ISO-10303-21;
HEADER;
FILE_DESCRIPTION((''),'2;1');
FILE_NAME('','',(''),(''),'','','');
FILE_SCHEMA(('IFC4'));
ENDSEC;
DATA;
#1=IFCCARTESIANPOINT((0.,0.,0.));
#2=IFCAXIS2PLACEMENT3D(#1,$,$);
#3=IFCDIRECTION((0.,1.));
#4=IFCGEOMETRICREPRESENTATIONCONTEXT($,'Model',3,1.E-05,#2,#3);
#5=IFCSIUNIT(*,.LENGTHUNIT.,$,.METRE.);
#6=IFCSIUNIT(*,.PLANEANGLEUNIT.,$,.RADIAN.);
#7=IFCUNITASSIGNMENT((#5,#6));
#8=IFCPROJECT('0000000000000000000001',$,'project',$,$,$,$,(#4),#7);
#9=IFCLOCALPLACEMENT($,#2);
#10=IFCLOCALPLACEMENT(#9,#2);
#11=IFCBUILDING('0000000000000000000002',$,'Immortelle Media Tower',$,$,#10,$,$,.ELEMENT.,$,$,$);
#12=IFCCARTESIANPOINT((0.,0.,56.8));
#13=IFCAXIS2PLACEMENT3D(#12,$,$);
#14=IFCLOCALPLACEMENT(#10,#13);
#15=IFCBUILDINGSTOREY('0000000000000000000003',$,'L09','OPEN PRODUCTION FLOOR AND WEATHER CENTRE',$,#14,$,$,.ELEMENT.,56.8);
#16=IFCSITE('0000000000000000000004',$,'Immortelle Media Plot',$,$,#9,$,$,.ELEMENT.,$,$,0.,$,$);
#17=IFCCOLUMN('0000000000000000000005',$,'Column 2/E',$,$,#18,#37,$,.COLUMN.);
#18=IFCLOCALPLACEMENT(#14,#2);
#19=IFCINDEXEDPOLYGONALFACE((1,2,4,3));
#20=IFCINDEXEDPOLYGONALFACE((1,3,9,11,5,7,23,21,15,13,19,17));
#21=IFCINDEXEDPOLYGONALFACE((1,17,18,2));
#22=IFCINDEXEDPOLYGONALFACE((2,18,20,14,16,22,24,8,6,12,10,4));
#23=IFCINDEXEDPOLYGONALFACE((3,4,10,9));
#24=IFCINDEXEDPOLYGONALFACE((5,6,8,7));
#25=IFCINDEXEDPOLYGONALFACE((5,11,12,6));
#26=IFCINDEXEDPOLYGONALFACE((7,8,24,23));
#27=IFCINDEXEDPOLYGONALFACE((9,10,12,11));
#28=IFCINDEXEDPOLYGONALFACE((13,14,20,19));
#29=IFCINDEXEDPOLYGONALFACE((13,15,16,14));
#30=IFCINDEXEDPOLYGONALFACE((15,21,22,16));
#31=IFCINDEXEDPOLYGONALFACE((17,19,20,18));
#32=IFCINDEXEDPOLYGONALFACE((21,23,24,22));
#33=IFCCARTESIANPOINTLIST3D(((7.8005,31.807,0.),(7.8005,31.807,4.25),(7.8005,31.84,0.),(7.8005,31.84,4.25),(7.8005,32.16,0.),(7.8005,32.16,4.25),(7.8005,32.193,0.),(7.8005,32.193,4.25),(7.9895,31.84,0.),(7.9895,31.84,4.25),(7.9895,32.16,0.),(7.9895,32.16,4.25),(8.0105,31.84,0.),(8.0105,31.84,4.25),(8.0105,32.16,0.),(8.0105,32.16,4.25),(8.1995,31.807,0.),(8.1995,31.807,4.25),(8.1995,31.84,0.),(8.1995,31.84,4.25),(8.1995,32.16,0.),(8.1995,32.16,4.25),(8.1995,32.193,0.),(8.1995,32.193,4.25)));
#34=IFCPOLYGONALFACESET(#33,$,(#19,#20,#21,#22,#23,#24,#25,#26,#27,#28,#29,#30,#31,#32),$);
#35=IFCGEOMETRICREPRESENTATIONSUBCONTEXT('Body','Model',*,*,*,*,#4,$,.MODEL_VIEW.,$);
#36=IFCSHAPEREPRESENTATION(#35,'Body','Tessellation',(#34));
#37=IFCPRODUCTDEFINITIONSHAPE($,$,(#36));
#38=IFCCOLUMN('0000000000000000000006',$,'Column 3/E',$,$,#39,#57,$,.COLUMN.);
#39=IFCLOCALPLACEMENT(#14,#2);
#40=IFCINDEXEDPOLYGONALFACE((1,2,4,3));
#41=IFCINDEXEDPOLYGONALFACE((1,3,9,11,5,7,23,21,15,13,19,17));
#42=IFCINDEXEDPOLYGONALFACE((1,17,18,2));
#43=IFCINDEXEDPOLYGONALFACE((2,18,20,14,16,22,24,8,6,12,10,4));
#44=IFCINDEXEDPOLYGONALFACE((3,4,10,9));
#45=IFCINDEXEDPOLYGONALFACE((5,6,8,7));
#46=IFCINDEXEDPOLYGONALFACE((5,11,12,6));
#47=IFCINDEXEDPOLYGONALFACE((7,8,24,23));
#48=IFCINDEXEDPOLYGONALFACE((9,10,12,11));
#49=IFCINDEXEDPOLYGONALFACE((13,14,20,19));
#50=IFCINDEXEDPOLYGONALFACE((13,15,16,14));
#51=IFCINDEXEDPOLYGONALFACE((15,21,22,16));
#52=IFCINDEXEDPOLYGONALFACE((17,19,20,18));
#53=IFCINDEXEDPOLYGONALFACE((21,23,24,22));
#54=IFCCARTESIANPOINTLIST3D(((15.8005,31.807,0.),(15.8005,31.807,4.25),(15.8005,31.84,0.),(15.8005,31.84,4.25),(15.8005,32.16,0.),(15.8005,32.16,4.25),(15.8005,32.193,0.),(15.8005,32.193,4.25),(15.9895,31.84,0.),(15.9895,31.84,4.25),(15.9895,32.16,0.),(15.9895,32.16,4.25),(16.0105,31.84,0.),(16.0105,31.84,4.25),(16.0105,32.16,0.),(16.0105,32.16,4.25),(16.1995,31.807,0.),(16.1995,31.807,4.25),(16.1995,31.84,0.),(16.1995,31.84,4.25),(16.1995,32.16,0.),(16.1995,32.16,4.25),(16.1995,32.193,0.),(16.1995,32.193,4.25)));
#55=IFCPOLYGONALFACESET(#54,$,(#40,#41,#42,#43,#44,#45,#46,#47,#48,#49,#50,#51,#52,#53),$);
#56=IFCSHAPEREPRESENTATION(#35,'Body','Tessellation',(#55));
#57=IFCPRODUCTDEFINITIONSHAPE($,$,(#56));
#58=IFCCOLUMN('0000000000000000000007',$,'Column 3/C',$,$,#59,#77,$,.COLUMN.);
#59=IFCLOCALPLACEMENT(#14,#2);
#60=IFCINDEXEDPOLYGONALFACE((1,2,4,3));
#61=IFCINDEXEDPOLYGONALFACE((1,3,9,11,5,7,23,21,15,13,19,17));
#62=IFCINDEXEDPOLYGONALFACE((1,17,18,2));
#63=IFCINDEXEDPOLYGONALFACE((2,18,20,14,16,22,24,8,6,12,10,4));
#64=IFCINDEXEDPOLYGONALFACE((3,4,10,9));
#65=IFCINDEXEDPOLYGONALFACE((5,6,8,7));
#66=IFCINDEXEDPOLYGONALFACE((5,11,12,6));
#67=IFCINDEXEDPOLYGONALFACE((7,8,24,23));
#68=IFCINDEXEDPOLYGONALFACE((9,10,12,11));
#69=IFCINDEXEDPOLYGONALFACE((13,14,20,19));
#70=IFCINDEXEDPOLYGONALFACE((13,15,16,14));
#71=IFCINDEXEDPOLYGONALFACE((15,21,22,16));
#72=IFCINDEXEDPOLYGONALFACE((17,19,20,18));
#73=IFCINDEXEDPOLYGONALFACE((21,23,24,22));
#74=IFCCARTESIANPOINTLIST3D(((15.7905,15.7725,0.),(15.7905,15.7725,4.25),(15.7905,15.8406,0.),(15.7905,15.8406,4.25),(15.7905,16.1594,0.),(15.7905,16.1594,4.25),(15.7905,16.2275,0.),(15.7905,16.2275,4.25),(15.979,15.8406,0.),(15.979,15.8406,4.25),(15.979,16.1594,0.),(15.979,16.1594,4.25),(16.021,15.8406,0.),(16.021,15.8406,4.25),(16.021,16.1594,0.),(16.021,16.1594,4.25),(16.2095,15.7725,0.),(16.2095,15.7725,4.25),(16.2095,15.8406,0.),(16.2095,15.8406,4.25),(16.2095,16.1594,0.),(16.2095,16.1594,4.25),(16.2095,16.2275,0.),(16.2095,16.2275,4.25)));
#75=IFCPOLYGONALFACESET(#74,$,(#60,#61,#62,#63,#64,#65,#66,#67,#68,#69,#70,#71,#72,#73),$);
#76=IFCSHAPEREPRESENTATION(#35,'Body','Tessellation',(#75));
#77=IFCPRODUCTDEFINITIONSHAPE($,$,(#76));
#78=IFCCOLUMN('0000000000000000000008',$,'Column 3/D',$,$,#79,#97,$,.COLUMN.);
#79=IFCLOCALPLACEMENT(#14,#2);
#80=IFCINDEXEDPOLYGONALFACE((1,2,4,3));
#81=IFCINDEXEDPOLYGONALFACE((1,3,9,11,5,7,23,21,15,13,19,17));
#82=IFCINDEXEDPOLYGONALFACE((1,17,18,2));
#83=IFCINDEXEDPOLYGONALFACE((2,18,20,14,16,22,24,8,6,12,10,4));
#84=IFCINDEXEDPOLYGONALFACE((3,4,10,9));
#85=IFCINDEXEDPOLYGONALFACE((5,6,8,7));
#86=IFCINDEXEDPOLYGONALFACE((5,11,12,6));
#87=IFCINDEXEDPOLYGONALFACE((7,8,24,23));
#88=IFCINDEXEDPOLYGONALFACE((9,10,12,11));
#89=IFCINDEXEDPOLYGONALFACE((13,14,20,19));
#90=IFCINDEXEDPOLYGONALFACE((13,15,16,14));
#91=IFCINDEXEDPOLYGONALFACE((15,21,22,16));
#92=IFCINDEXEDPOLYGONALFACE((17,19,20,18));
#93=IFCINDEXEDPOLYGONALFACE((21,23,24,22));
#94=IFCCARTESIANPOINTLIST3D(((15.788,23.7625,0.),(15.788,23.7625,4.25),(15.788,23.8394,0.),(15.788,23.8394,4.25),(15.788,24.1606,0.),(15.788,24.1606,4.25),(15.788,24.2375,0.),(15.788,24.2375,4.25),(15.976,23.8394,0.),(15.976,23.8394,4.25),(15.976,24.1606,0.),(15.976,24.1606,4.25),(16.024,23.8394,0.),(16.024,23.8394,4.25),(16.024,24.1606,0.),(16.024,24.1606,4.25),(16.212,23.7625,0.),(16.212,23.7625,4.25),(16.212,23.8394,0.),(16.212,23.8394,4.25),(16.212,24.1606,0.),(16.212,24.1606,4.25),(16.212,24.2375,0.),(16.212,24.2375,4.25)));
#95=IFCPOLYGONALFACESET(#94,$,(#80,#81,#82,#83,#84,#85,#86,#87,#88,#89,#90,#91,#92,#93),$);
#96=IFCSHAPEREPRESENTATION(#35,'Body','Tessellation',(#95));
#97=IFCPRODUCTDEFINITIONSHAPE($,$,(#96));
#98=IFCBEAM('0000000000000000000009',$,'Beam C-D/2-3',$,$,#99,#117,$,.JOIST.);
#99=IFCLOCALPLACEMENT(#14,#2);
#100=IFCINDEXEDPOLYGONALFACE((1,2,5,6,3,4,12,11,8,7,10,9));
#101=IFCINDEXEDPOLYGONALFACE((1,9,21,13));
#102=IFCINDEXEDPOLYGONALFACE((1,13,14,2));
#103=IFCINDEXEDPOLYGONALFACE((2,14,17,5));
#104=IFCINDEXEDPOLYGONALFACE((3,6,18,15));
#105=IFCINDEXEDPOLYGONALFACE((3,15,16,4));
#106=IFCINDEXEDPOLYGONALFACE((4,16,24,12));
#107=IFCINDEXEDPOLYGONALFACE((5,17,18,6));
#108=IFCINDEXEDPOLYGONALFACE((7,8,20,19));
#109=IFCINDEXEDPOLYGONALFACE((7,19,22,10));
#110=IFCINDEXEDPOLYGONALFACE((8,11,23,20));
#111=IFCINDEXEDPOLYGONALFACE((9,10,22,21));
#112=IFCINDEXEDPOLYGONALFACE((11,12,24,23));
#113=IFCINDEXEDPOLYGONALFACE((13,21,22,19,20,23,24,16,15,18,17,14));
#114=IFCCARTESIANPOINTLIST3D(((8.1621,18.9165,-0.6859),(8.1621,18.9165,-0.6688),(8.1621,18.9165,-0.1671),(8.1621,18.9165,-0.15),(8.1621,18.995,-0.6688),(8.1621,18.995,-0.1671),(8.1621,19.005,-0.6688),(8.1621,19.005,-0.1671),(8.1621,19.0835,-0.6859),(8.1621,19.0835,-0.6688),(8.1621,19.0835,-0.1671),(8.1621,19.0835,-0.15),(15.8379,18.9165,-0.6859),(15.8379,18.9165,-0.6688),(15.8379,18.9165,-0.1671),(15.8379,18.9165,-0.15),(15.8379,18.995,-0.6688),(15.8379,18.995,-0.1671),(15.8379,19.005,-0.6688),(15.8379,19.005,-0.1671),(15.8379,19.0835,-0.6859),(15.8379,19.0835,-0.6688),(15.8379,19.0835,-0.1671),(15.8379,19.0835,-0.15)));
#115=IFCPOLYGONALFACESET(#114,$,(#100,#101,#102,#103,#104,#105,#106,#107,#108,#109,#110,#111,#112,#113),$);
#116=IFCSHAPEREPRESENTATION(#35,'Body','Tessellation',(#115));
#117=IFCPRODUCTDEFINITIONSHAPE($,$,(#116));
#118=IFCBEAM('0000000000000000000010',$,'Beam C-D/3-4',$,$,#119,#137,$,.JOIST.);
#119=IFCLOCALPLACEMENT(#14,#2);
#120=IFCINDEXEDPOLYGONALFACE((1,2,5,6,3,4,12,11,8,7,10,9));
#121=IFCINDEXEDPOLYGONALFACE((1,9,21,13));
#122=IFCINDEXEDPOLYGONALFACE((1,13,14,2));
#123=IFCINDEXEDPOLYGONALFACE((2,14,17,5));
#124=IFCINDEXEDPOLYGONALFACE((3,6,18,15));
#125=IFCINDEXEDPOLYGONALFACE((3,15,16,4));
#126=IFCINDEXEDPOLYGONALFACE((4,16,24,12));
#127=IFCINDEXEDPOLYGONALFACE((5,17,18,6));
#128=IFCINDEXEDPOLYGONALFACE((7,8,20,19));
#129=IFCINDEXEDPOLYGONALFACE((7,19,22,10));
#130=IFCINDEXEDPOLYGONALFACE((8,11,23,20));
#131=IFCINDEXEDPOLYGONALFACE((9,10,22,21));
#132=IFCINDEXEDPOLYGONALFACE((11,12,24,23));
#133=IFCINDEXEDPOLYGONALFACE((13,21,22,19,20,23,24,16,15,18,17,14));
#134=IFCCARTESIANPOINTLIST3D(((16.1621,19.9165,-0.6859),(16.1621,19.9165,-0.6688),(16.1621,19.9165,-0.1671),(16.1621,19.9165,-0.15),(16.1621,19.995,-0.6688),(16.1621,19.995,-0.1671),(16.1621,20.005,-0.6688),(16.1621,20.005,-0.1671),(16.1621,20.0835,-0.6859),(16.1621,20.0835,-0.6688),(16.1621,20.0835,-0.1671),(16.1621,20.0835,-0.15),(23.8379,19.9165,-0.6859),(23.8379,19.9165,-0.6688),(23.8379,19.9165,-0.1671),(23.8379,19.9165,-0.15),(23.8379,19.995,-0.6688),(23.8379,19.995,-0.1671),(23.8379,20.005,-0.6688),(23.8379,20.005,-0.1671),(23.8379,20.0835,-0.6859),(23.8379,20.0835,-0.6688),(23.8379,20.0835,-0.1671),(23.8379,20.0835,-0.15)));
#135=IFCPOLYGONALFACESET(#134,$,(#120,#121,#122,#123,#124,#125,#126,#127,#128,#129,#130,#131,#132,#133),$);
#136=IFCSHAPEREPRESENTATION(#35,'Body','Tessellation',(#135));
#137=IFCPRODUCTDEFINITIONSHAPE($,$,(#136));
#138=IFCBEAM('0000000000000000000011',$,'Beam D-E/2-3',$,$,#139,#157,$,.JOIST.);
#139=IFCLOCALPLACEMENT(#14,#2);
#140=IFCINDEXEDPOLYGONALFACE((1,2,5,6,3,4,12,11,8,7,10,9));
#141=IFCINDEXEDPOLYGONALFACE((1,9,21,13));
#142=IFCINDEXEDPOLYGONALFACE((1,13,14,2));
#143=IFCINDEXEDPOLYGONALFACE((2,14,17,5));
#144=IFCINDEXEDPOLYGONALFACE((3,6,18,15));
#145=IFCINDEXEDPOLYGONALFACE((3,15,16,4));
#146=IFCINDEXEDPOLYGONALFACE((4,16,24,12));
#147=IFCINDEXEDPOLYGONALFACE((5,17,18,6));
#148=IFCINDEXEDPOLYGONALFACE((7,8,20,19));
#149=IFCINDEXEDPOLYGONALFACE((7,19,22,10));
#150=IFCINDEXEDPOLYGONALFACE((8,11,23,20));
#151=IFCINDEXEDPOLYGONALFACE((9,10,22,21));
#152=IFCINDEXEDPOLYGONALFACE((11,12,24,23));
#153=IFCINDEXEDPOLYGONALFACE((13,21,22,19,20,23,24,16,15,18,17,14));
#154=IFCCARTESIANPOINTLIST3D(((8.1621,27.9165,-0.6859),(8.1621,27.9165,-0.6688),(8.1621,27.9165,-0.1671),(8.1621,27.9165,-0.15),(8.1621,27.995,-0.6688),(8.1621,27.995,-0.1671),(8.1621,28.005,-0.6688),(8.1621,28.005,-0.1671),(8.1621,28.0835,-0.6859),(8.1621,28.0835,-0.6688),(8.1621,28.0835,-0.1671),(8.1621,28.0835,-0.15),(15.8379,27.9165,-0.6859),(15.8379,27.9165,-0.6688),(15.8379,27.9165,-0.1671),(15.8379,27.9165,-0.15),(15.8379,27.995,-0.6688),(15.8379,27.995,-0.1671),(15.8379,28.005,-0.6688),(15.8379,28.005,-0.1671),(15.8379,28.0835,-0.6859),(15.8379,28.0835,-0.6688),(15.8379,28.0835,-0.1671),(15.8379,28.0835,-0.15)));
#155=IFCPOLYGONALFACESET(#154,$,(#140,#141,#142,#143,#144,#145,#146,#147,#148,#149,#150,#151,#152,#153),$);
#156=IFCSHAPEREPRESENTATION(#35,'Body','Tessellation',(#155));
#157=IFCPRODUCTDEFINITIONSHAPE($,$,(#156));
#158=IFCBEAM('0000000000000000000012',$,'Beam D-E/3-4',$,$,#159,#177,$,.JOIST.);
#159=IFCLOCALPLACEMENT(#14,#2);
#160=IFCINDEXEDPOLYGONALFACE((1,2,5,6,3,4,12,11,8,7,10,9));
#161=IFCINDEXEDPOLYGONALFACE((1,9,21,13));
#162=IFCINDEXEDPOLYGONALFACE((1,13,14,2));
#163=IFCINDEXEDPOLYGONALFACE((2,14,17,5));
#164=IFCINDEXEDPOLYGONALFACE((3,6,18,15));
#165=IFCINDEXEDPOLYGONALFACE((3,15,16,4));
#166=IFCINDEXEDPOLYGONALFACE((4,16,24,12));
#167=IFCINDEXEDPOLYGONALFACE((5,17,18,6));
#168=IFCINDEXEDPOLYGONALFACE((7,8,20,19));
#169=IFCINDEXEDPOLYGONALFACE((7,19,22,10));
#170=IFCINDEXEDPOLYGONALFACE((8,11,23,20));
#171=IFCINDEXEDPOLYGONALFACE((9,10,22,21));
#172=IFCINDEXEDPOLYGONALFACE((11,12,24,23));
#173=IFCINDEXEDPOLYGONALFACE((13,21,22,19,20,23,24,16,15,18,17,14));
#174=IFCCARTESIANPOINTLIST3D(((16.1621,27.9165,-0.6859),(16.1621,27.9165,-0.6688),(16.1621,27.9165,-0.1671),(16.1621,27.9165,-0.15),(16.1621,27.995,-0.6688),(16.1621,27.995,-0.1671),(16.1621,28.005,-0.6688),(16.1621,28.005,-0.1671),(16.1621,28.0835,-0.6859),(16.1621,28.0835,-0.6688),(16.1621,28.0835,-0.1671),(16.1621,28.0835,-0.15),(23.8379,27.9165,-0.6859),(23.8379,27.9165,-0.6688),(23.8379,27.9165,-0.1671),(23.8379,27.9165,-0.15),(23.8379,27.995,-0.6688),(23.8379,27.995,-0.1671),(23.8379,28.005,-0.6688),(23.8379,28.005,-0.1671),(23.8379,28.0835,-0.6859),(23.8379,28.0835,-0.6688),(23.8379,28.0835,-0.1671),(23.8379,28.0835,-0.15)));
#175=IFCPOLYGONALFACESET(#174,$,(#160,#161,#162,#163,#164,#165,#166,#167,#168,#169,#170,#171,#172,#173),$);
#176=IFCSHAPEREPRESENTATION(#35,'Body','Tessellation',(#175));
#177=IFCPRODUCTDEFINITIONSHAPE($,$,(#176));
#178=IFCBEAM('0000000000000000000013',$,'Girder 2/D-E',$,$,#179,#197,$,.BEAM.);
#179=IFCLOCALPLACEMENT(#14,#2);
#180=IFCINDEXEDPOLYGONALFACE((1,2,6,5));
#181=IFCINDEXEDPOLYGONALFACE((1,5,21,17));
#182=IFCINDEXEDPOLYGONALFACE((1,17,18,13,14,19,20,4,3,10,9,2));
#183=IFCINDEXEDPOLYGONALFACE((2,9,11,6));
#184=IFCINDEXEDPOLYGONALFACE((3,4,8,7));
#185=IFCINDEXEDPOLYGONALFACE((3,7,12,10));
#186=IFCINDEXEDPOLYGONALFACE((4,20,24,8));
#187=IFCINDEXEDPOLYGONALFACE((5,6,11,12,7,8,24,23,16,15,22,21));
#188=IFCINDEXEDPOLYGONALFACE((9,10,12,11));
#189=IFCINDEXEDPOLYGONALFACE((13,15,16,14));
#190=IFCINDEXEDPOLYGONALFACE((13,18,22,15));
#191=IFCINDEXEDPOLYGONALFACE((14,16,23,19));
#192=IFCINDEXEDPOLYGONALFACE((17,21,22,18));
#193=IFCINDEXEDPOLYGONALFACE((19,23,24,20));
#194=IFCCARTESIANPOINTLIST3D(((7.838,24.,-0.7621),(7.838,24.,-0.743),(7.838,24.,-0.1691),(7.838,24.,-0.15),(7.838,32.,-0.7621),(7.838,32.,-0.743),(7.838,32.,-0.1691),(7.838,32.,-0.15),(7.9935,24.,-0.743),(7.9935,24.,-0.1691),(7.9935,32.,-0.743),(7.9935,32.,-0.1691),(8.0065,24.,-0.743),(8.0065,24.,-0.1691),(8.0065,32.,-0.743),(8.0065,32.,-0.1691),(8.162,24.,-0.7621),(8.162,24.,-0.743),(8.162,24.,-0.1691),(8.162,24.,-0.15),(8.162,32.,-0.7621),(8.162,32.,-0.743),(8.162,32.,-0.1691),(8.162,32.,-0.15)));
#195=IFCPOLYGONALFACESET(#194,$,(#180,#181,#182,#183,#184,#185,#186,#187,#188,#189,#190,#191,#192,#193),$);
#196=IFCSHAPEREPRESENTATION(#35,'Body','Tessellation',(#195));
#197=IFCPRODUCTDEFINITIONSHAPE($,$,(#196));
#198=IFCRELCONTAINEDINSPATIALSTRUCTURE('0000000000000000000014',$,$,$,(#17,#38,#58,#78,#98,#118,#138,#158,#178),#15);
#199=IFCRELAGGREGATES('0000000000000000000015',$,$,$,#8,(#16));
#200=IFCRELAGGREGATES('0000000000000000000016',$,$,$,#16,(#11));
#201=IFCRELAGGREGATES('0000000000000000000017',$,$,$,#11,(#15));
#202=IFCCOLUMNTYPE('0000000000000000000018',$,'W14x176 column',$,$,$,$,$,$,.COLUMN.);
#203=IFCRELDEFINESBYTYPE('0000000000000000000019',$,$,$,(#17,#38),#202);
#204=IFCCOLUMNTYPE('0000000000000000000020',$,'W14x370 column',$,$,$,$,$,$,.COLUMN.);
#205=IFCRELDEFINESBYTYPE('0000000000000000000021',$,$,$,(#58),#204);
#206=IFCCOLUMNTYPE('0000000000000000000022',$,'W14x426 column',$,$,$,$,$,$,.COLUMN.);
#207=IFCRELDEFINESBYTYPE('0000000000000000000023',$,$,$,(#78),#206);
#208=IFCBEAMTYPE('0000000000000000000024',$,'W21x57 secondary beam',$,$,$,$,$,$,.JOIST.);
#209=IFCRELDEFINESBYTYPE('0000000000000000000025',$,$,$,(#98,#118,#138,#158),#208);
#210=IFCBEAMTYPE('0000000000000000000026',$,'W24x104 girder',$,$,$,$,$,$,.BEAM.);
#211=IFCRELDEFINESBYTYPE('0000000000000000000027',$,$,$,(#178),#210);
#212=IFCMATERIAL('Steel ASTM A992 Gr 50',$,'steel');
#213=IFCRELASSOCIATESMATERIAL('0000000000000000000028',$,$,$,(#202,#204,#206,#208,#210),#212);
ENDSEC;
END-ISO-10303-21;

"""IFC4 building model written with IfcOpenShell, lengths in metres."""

from ifc_helpers import new_model, si_unit, direction, frame, origin, origin_2d, place, context, subcontext, project, spatial, i_section, extrude, material, material_profile, profile_set, type_object, element, save


model = new_model("IFC4")

# Units and contexts
model_context = context("Model", 3, precision=1e-05, world=origin(), true_north=direction((0.0, 1.0)))
body_context = subcontext(model_context, "Body", "Model", "MODEL_VIEW")
ifc_project = project(units=[si_unit("LENGTHUNIT", "METRE"), si_unit("PLANEANGLEUNIT", "RADIAN")], contexts=[model_context])

# Site, building, storey
site_placement = place(None, origin())
site = spatial("IfcSite", under=ifc_project, at=site_placement, Name="Immortelle Media Plot", CompositionType="ELEMENT", RefElevation=0.0)
building_placement = place(site_placement, origin())
building = spatial("IfcBuilding", under=site, at=building_placement, Name="Immortelle Media Tower", CompositionType="ELEMENT")
storey_placement = place(building_placement, frame((0.0, 0.0, 56.8)))
storey = spatial("IfcBuildingStorey", under=building, at=storey_placement, Name="L09", Description="OPEN PRODUCTION FLOOR AND WEATHER CENTRE", CompositionType="ELEMENT", Elevation=56.8)

# Columns
ifc_material_1 = material(Name="Steel ASTM A992 Gr 50", Category="steel")
ifc_material_profile_1 = material_profile(ifc_material_1, i_section(OverallWidth=0.3989, OverallDepth=0.386, WebThickness=0.021, FlangeThickness=0.033, at=origin_2d()), Name="W14x176")
ifc_profile_set_1 = profile_set([ifc_material_profile_1], Name="Steel ASTM A992 Gr 50")
column_type_1 = type_object("IfcColumnType", Name="W14x176 column", PredefinedType="COLUMN", material=ifc_profile_set_1)
for number, where, z_axis, x_axis, name in (
    (1, (8.0, 32.0, 0.0), (0.0, 0.0, 1.0), (1.0, 0.0, 0.0), "Column 2/E"),
    (2, (16.0, 32.0, 0.0), (0.0, 0.0, 1.0), (1.0, 0.0, 0.0), "Column 3/E"),
):
    element("IfcColumn", number, at=place(storey_placement, frame(where, z_axis=z_axis, x_axis=x_axis)), inside=storey, type_object=column_type_1, Name=name, PredefinedType="COLUMN", context=body_context, shape_type="SweptSolid", body=[
        extrude(i_section(OverallWidth=0.3989, OverallDepth=0.386, WebThickness=0.021, FlangeThickness=0.033, at=origin_2d()), origin(), (0.0, 0.0, 1.0), 4.25),
    ])
ifc_material_profile_2 = material_profile(ifc_material_1, i_section(OverallWidth=0.4189, OverallDepth=0.4551, WebThickness=0.042, FlangeThickness=0.0681, at=origin_2d()), Name="W14x370")
ifc_profile_set_2 = profile_set([ifc_material_profile_2], Name="Steel ASTM A992 Gr 50")
column_type_2 = type_object("IfcColumnType", Name="W14x370 column", PredefinedType="COLUMN", material=ifc_profile_set_2)
column_1_placement = place(storey_placement, frame((16.0, 16.0, 0.0), z_axis=(0.0, 0.0, 1.0), x_axis=(1.0, 0.0, 0.0)))
element("IfcColumn", 3, at=column_1_placement, inside=storey, type_object=column_type_2, Name="Column 3/C", PredefinedType="COLUMN", context=body_context, shape_type="SweptSolid", body=[
    extrude(i_section(OverallWidth=0.4189, OverallDepth=0.4551, WebThickness=0.042, FlangeThickness=0.0681, at=origin_2d()), origin(), (0.0, 0.0, 1.0), 4.25),
])
ifc_material_profile_3 = material_profile(ifc_material_1, i_section(OverallWidth=0.4241, OverallDepth=0.4751, WebThickness=0.0481, FlangeThickness=0.0769, at=origin_2d()), Name="W14x426")
ifc_profile_set_3 = profile_set([ifc_material_profile_3], Name="Steel ASTM A992 Gr 50")
column_type_3 = type_object("IfcColumnType", Name="W14x426 column", PredefinedType="COLUMN", material=ifc_profile_set_3)
column_2_placement = place(storey_placement, frame((16.0, 24.0, 0.0), z_axis=(0.0, 0.0, 1.0), x_axis=(1.0, 0.0, 0.0)))
element("IfcColumn", 4, at=column_2_placement, inside=storey, type_object=column_type_3, Name="Column 3/D", PredefinedType="COLUMN", context=body_context, shape_type="SweptSolid", body=[
    extrude(i_section(OverallWidth=0.4241, OverallDepth=0.4751, WebThickness=0.0481, FlangeThickness=0.0769, at=origin_2d()), origin(), (0.0, 0.0, 1.0), 4.25),
])

# Beams
ifc_material_profile_4 = material_profile(ifc_material_1, i_section(OverallWidth=0.167, OverallDepth=0.5359, WebThickness=0.01, FlangeThickness=0.0171, at=origin_2d()), Name="W21x57")
ifc_profile_set_4 = profile_set([ifc_material_profile_4], Name="Steel ASTM A992 Gr 50")
beam_type_1 = type_object("IfcBeamType", Name="W21x57 secondary beam", PredefinedType="JOIST", material=ifc_profile_set_4)
for number, where, z_axis, x_axis, name in (
    (5, (8.1621, 19.0, -0.418), (1.0, 0.0, 0.0), (0.0, 1.0, 0.0), "Beam C-D/2-3"),
    (6, (16.1621, 20.0, -0.418), (1.0, 0.0, 0.0), (0.0, 1.0, 0.0), "Beam C-D/3-4"),
    (7, (8.1621, 28.0, -0.418), (1.0, 0.0, 0.0), (0.0, 1.0, 0.0), "Beam D-E/2-3"),
    (8, (16.1621, 28.0, -0.418), (1.0, 0.0, 0.0), (0.0, 1.0, 0.0), "Beam D-E/3-4"),
):
    element("IfcBeam", number, at=place(storey_placement, frame(where, z_axis=z_axis, x_axis=x_axis)), inside=storey, type_object=beam_type_1, Name=name, PredefinedType="JOIST", context=body_context, shape_type="SweptSolid", body=[
        extrude(i_section(OverallWidth=0.167, OverallDepth=0.5359, WebThickness=0.01, FlangeThickness=0.0171, at=origin_2d()), origin(), (0.0, 0.0, 1.0), 7.6758),
    ])
ifc_material_profile_5 = material_profile(ifc_material_1, i_section(OverallWidth=0.324, OverallDepth=0.6121, WebThickness=0.0129, FlangeThickness=0.019, at=origin_2d()), Name="W24x104")
ifc_profile_set_5 = profile_set([ifc_material_profile_5], Name="Steel ASTM A992 Gr 50")
beam_type_2 = type_object("IfcBeamType", Name="W24x104 girder", PredefinedType="BEAM", material=ifc_profile_set_5)
for number, where, z_axis, x_axis, name in (
    (9, (8.0, 24.0, -0.4561), (0.0, 1.0, 0.0), (-1.0, 0.0, 0.0), "Girder 2/D-E"),
):
    element("IfcBeam", number, at=place(storey_placement, frame(where, z_axis=z_axis, x_axis=x_axis)), inside=storey, type_object=beam_type_2, Name=name, PredefinedType="BEAM", context=body_context, shape_type="SweptSolid", body=[
        extrude(i_section(OverallWidth=0.324, OverallDepth=0.6121, WebThickness=0.0129, FlangeThickness=0.019, at=origin_2d()), origin(), (0.0, 0.0, 1.0), 8.0),
    ])

save(model, "model.ifc")
